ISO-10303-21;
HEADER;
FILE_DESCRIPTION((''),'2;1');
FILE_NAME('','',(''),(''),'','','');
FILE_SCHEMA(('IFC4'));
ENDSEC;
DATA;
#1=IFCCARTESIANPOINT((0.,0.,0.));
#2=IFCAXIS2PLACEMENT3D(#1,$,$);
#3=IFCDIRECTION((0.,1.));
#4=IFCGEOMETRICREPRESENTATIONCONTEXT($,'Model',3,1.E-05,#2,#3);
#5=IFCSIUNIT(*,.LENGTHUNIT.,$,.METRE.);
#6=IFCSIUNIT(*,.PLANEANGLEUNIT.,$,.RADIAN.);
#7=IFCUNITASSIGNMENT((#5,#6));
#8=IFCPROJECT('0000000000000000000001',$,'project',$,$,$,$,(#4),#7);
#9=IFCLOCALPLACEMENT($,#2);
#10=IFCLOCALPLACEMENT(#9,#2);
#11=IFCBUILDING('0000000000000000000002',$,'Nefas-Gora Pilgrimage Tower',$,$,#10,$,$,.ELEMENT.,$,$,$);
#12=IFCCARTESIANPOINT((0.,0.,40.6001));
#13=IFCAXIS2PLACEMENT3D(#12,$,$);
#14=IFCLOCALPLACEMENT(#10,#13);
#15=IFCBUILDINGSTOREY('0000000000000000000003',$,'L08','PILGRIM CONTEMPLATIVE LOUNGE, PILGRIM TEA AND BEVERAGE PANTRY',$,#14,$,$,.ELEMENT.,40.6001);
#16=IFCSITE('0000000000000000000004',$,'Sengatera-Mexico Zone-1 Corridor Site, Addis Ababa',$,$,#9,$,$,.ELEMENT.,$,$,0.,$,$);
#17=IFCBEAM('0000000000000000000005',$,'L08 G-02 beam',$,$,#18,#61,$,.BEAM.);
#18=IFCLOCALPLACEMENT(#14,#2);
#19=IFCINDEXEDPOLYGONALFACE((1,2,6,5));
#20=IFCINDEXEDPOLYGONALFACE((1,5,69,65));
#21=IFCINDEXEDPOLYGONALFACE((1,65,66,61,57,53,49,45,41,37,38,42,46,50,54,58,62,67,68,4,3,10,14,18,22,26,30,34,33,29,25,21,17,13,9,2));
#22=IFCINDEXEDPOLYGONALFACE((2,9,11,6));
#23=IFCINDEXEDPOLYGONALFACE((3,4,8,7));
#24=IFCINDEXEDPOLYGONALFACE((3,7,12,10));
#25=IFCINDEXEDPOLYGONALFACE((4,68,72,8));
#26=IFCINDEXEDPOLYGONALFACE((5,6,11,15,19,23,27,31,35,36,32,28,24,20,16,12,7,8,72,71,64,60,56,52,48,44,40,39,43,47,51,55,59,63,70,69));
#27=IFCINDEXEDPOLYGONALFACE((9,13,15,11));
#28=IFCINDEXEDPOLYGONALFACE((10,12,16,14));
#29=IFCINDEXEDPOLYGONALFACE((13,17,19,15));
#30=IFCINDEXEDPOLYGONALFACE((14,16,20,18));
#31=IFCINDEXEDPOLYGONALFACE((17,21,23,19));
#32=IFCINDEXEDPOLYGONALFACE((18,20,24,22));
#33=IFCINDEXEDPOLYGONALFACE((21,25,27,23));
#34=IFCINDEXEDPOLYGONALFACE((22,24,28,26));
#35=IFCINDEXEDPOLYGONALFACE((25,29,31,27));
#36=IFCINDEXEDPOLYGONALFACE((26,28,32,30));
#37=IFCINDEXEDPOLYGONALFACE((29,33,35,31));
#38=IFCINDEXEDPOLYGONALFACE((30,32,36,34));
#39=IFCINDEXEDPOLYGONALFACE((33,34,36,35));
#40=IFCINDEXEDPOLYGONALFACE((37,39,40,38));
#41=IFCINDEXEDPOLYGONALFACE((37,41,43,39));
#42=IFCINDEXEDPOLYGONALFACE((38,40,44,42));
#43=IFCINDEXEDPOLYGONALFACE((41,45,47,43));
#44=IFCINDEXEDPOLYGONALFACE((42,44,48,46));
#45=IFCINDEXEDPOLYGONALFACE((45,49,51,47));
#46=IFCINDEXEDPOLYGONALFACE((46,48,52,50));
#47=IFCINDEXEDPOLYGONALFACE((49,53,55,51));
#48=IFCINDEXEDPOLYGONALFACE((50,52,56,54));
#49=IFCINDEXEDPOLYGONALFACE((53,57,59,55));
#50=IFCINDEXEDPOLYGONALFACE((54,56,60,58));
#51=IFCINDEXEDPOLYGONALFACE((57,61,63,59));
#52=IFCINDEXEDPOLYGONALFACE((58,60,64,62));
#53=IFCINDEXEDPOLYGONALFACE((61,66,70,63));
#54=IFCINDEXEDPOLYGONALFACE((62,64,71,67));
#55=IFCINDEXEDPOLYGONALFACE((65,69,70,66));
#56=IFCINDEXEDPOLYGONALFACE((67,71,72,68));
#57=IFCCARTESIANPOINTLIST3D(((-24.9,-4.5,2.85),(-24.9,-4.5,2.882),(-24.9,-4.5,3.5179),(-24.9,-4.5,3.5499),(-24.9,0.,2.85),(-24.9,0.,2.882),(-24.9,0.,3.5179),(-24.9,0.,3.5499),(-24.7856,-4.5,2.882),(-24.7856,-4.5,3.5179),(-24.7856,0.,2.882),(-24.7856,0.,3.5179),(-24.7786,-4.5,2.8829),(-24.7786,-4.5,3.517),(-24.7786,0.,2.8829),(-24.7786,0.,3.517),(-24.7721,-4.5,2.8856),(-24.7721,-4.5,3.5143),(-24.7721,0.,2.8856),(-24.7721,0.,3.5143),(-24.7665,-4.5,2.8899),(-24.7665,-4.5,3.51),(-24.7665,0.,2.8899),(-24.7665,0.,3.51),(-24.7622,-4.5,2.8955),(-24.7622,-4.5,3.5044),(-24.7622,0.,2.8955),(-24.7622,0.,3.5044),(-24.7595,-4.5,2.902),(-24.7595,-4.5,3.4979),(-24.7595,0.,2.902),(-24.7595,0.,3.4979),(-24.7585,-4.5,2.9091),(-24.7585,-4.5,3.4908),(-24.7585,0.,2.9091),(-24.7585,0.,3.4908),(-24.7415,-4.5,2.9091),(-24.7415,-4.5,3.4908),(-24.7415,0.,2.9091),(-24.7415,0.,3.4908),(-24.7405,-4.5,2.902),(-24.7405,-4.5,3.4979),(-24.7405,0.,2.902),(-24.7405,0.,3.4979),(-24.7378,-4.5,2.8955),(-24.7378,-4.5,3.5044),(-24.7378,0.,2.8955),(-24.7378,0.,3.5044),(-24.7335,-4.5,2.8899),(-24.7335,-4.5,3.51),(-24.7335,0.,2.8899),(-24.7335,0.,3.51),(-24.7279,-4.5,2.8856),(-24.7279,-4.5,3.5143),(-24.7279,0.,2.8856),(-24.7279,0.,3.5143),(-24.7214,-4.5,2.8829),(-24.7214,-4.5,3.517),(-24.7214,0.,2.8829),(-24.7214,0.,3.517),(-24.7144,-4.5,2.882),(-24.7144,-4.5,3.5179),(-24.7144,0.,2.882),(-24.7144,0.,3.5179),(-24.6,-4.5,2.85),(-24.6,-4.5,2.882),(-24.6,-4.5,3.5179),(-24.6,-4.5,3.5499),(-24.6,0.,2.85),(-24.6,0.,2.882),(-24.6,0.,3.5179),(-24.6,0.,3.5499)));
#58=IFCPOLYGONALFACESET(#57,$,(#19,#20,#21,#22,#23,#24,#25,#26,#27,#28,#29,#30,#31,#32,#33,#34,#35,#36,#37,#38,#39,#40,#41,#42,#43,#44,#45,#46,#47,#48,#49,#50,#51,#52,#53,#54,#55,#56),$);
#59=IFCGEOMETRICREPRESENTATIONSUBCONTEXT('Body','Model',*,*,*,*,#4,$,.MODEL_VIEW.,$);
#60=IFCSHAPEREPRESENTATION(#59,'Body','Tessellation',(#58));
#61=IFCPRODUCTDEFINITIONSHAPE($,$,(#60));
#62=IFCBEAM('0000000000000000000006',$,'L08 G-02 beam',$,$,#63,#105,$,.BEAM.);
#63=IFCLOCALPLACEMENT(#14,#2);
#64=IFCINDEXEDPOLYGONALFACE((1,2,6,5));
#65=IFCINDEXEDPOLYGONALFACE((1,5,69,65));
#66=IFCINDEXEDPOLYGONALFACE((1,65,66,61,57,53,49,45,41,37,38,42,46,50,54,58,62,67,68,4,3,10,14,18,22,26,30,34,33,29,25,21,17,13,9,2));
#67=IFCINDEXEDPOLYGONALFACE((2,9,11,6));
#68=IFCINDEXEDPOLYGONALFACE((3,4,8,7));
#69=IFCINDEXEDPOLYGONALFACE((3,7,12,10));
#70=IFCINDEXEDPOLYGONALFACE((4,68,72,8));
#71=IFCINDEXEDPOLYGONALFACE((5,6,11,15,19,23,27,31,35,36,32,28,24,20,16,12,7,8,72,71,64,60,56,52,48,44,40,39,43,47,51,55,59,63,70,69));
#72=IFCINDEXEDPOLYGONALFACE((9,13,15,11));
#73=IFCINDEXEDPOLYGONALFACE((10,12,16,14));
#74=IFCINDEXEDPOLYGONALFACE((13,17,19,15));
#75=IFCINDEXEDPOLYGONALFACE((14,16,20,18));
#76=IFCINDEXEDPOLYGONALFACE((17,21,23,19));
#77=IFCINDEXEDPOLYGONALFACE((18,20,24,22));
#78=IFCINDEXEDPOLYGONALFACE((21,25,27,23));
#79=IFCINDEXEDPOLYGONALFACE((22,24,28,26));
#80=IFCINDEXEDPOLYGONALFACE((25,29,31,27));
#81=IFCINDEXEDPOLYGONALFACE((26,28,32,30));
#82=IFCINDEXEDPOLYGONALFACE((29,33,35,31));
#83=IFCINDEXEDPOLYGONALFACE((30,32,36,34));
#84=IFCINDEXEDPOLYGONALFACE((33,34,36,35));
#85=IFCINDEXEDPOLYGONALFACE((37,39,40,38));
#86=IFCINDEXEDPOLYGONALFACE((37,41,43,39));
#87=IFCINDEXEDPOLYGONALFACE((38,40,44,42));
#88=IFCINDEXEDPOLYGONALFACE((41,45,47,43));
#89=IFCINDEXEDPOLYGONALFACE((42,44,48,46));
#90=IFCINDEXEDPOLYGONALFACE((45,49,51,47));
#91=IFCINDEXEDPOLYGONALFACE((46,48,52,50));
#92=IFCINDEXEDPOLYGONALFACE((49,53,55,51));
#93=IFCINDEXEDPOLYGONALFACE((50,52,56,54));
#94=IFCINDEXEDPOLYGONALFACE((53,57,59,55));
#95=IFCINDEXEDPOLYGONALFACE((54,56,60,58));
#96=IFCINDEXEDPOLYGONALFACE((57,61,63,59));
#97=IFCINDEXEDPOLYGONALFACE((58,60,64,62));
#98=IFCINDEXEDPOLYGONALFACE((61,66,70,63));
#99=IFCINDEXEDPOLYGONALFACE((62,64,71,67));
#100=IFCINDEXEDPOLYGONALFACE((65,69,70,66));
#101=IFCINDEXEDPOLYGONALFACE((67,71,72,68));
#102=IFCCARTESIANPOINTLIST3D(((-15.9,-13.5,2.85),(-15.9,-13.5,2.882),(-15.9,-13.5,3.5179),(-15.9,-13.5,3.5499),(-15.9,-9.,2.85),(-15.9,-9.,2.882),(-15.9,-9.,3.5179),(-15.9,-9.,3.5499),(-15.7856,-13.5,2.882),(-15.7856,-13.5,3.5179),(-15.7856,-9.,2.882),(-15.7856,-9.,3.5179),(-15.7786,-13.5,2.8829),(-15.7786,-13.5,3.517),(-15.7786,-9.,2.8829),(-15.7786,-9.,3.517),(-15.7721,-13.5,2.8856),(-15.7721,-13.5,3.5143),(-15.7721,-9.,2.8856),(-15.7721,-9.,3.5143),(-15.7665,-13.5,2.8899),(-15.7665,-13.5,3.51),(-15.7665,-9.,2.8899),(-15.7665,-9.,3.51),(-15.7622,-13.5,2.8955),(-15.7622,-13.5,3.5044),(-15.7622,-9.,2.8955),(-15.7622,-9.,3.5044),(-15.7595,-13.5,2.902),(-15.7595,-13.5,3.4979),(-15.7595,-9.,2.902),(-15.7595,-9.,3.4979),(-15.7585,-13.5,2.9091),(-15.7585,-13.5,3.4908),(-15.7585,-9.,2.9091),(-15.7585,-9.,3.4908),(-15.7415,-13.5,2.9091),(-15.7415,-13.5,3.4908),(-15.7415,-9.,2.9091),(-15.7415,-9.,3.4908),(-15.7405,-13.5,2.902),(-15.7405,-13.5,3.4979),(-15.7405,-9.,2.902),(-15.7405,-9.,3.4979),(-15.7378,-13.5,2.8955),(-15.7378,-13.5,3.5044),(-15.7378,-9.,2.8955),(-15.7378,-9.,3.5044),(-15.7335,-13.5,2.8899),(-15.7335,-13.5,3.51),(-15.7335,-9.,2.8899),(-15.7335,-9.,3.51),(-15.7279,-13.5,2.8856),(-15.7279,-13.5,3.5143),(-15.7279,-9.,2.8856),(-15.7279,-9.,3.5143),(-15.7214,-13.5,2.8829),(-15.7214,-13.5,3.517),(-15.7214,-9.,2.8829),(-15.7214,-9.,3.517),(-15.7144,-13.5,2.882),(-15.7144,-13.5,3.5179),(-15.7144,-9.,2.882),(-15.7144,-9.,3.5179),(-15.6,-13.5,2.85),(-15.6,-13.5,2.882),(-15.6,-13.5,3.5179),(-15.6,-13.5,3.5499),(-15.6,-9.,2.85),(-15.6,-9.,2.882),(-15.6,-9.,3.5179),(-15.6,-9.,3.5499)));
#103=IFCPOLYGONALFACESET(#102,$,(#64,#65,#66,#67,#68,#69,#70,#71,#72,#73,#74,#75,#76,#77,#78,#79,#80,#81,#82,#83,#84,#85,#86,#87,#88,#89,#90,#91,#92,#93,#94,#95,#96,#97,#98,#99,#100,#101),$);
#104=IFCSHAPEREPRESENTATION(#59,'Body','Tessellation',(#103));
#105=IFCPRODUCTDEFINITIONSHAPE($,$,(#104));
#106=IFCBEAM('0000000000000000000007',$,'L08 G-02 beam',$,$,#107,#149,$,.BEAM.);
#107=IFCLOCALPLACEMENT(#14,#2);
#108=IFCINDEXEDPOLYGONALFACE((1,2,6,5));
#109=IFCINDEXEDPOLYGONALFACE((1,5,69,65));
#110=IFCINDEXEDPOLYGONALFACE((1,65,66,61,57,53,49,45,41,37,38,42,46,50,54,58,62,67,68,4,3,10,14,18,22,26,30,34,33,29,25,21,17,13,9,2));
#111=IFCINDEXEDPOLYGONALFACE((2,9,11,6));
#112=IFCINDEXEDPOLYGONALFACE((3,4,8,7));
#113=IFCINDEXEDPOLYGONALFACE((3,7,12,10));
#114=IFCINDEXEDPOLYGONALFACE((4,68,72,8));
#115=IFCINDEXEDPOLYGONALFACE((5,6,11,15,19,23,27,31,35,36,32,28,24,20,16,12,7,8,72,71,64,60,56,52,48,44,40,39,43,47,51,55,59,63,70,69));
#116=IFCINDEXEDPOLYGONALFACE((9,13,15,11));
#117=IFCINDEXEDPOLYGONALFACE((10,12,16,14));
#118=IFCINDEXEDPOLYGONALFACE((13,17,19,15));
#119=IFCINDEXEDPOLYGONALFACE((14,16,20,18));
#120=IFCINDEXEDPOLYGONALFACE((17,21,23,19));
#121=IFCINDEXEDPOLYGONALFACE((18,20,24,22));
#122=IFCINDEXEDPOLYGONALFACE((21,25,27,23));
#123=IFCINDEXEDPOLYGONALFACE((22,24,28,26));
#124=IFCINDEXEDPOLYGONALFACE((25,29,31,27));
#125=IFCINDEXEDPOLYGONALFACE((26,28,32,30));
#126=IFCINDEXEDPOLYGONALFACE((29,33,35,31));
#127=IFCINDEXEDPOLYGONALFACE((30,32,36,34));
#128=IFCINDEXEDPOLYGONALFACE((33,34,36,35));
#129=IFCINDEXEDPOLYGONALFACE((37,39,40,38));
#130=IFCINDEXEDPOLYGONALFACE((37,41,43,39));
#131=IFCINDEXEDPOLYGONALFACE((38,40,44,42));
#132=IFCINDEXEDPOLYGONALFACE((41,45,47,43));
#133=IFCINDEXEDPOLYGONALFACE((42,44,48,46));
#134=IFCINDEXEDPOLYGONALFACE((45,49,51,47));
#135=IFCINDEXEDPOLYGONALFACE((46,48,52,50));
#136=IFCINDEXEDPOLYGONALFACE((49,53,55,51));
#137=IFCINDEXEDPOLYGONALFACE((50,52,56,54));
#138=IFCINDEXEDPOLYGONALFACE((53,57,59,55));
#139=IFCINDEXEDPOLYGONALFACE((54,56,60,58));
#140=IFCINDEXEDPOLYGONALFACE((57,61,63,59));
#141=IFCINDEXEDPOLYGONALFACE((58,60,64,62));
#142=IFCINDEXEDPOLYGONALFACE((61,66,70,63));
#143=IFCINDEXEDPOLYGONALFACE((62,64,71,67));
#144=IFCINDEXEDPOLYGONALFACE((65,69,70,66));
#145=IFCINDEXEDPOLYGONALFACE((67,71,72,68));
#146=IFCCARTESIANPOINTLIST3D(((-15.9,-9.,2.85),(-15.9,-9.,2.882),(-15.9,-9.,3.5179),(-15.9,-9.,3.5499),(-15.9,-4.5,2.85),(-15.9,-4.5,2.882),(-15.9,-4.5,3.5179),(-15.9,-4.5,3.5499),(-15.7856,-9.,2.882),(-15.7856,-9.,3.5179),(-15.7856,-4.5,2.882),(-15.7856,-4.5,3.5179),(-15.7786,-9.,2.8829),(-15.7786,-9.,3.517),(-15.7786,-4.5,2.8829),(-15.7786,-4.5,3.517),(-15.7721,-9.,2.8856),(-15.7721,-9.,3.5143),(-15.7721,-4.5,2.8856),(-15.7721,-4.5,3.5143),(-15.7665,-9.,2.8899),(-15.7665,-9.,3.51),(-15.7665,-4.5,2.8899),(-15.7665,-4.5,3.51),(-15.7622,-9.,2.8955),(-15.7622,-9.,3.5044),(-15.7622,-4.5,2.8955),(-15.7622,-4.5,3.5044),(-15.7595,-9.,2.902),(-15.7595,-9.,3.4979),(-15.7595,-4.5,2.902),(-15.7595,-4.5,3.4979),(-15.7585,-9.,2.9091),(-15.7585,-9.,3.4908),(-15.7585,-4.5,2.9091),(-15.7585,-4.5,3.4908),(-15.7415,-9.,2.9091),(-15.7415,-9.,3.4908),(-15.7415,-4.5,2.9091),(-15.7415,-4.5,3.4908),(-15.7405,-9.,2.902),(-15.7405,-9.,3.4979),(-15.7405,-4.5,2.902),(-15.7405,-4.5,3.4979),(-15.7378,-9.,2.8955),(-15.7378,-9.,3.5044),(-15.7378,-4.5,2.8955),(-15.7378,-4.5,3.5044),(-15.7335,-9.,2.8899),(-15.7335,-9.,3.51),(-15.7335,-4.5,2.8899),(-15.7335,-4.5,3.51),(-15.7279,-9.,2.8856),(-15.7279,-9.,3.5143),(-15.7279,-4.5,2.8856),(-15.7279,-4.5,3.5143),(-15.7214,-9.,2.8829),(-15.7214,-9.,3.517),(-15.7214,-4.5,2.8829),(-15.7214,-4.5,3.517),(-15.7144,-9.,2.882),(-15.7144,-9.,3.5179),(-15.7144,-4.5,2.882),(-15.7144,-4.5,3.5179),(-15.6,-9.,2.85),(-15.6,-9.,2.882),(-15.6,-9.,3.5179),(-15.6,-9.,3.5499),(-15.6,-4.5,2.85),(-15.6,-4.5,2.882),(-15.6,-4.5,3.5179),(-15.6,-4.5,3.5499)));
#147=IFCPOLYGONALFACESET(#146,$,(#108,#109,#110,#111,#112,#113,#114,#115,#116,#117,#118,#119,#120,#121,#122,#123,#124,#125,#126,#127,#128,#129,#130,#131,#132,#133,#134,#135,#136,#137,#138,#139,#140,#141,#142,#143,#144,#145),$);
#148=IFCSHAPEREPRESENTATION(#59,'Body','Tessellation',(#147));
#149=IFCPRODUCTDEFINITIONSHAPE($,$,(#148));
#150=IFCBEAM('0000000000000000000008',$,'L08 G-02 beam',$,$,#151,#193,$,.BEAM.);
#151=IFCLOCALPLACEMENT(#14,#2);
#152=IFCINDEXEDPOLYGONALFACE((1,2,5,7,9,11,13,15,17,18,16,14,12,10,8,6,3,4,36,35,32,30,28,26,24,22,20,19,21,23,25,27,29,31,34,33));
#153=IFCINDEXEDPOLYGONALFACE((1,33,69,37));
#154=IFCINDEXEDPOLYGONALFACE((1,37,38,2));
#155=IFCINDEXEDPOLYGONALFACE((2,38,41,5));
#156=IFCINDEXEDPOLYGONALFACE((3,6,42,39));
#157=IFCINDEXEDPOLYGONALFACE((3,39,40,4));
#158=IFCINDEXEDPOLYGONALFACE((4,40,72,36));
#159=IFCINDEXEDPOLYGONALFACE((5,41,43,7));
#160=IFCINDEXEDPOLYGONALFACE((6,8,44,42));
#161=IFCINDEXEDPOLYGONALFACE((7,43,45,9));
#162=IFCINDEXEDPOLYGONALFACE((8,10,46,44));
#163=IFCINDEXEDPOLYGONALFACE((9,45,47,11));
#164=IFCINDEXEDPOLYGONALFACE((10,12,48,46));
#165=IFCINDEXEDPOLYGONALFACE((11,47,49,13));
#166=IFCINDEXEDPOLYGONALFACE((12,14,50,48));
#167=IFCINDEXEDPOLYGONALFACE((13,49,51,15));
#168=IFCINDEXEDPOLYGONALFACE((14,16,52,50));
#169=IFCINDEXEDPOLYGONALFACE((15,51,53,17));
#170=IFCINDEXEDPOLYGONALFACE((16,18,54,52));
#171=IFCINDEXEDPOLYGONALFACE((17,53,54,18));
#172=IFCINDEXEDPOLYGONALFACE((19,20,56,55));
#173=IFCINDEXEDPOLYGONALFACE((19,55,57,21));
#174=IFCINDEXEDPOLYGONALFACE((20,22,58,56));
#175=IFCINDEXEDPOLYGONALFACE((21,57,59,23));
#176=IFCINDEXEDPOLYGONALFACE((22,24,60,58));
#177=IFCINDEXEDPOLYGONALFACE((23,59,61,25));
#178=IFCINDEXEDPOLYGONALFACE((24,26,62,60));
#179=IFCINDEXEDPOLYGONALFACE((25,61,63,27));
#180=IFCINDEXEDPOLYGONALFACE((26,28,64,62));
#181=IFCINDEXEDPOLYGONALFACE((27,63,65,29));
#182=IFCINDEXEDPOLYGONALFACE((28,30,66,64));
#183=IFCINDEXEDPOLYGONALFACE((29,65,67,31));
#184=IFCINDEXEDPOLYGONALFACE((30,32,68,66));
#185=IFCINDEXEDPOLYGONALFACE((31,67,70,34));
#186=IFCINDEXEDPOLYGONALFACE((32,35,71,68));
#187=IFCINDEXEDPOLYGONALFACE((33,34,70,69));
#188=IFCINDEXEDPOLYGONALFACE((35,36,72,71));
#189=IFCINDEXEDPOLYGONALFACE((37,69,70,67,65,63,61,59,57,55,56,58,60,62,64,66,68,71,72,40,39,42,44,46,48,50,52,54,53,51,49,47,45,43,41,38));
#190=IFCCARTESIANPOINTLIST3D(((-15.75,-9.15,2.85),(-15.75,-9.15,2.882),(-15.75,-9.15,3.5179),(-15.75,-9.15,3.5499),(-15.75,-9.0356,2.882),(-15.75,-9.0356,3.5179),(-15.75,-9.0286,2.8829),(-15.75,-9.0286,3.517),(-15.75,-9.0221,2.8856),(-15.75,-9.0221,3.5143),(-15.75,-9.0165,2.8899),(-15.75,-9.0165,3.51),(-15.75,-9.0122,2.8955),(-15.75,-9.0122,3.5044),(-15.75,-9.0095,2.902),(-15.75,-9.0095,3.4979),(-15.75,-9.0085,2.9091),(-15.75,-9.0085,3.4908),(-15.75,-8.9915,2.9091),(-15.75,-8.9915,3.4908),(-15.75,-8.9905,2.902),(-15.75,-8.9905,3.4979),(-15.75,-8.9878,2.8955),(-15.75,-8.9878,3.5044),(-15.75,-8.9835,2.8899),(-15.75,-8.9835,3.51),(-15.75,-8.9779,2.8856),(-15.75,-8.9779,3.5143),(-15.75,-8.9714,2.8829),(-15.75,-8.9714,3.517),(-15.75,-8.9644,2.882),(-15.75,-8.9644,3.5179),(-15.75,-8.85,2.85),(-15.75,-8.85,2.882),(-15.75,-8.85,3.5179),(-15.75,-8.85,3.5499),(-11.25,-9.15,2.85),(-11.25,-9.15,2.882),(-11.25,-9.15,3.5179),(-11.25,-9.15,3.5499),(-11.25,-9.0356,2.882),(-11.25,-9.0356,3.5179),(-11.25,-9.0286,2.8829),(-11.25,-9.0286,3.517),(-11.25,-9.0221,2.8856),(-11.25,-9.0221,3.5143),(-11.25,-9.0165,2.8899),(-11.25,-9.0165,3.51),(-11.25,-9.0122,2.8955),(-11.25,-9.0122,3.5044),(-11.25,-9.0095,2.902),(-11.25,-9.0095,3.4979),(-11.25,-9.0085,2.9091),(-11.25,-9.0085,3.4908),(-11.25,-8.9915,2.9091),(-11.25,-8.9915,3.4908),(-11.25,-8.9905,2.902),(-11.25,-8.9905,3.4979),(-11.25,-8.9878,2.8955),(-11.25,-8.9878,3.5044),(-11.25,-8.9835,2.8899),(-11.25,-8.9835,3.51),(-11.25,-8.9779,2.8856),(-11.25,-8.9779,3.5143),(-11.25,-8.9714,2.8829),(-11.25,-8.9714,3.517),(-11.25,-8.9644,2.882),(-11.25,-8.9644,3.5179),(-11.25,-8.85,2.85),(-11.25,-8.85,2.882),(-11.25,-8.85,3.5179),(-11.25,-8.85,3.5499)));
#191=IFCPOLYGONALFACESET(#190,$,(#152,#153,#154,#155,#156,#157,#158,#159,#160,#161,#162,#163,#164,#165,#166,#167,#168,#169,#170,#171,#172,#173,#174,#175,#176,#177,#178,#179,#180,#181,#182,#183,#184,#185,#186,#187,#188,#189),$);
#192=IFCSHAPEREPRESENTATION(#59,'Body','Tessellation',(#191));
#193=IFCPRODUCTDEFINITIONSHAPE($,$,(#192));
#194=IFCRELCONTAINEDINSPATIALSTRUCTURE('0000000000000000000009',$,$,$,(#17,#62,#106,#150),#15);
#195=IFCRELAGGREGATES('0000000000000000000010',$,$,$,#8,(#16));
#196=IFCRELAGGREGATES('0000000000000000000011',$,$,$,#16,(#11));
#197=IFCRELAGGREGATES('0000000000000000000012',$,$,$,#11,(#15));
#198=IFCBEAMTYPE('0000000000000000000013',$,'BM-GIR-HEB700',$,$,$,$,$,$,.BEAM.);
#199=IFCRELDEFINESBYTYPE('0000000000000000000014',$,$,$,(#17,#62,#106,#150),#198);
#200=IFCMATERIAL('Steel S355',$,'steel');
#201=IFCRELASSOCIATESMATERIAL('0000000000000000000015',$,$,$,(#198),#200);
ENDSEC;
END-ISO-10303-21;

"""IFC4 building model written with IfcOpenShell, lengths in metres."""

from ifc_helpers import new_model, si_unit, direction, frame, origin, origin_2d, place, context, subcontext, project, spatial, i_section, extrude, source, transform, mapped, material, material_profile, profile_set, type_object, element, save


model = new_model("IFC4")

# Units and contexts
model_context = context("Model", 3, precision=1e-05, world=origin(), true_north=direction((0.0, 1.0)))
body_context = subcontext(model_context, "Body", "Model", "MODEL_VIEW")
ifc_project = project(units=[si_unit("LENGTHUNIT", "METRE"), si_unit("PLANEANGLEUNIT", "RADIAN")], contexts=[model_context])

# Site, building, storey
site_placement = place(None, origin())
site = spatial("IfcSite", under=ifc_project, at=site_placement, Name="Sengatera-Mexico Zone-1 Corridor Site, Addis Ababa", CompositionType="ELEMENT", RefElevation=0.0)
building_placement = place(site_placement, origin())
building = spatial("IfcBuilding", under=site, at=building_placement, Name="Nefas-Gora Pilgrimage Tower", CompositionType="ELEMENT")
storey_placement = place(building_placement, frame((0.0, 0.0, 40.6001)))
storey = spatial("IfcBuildingStorey", under=building, at=storey_placement, Name="L08", Description="PILGRIM CONTEMPLATIVE LOUNGE, PILGRIM TEA AND BEVERAGE PANTRY", CompositionType="ELEMENT", Elevation=40.6001)

# Beams
ifc_material_1 = material(Name="Steel S355", Category="steel")
ifc_material_profile_1 = material_profile(ifc_material_1, i_section(OverallWidth=0.3, OverallDepth=0.7, WebThickness=0.0171, FlangeThickness=0.032, FilletRadius=0.0271, at=origin_2d()), Name="HEB 700")
ifc_profile_set_1 = profile_set([ifc_material_profile_1], Name="Steel S355")
beam_type = type_object("IfcBeamType", Name="BM-GIR-HEB700", PredefinedType="BEAM", material=ifc_profile_set_1)
shared_shape_1 = source(origin(), body_context, "Body", "SweptSolid", [
    extrude(i_section(OverallWidth=0.3, OverallDepth=0.7, WebThickness=0.0171, FlangeThickness=0.032, FilletRadius=0.0271, at=origin_2d()), origin(), (0.0, 0.0, 1.0), 4.5),
])
for number, where, z_axis, x_axis, name in (
    (1, (-24.75, -4.5, 3.2), (0.0, 1.0, 0.0), (-1.0, 0.0, 0.0), "L08 G-02 beam"),
    (2, (-15.75, -13.5, 3.2), (0.0, 1.0, 0.0), (-1.0, 0.0, 0.0), "L08 G-02 beam"),
    (3, (-15.75, -9.0, 3.2), (0.0, 1.0, 0.0), (-1.0, 0.0, 0.0), "L08 G-02 beam"),
    (4, (-15.75, -9.0, 3.2), (1.0, 0.0, 0.0), (0.0, 1.0, 0.0), "L08 G-02 beam"),
):
    element("IfcBeam", number, at=place(storey_placement, frame(where, z_axis=z_axis, x_axis=x_axis)), inside=storey, type_object=beam_type, Name=name, PredefinedType="BEAM", context=body_context, shape_type="MappedRepresentation", body=[
        mapped(shared_shape_1, transform((0.0, 0.0, 0.0), x_axis=(1.0, 0.0, 0.0), y_axis=(0.0, 1.0, 0.0), z_axis=(0.0, 0.0, 1.0), scale=1.0)),
    ])

save(model, "model.ifc")
